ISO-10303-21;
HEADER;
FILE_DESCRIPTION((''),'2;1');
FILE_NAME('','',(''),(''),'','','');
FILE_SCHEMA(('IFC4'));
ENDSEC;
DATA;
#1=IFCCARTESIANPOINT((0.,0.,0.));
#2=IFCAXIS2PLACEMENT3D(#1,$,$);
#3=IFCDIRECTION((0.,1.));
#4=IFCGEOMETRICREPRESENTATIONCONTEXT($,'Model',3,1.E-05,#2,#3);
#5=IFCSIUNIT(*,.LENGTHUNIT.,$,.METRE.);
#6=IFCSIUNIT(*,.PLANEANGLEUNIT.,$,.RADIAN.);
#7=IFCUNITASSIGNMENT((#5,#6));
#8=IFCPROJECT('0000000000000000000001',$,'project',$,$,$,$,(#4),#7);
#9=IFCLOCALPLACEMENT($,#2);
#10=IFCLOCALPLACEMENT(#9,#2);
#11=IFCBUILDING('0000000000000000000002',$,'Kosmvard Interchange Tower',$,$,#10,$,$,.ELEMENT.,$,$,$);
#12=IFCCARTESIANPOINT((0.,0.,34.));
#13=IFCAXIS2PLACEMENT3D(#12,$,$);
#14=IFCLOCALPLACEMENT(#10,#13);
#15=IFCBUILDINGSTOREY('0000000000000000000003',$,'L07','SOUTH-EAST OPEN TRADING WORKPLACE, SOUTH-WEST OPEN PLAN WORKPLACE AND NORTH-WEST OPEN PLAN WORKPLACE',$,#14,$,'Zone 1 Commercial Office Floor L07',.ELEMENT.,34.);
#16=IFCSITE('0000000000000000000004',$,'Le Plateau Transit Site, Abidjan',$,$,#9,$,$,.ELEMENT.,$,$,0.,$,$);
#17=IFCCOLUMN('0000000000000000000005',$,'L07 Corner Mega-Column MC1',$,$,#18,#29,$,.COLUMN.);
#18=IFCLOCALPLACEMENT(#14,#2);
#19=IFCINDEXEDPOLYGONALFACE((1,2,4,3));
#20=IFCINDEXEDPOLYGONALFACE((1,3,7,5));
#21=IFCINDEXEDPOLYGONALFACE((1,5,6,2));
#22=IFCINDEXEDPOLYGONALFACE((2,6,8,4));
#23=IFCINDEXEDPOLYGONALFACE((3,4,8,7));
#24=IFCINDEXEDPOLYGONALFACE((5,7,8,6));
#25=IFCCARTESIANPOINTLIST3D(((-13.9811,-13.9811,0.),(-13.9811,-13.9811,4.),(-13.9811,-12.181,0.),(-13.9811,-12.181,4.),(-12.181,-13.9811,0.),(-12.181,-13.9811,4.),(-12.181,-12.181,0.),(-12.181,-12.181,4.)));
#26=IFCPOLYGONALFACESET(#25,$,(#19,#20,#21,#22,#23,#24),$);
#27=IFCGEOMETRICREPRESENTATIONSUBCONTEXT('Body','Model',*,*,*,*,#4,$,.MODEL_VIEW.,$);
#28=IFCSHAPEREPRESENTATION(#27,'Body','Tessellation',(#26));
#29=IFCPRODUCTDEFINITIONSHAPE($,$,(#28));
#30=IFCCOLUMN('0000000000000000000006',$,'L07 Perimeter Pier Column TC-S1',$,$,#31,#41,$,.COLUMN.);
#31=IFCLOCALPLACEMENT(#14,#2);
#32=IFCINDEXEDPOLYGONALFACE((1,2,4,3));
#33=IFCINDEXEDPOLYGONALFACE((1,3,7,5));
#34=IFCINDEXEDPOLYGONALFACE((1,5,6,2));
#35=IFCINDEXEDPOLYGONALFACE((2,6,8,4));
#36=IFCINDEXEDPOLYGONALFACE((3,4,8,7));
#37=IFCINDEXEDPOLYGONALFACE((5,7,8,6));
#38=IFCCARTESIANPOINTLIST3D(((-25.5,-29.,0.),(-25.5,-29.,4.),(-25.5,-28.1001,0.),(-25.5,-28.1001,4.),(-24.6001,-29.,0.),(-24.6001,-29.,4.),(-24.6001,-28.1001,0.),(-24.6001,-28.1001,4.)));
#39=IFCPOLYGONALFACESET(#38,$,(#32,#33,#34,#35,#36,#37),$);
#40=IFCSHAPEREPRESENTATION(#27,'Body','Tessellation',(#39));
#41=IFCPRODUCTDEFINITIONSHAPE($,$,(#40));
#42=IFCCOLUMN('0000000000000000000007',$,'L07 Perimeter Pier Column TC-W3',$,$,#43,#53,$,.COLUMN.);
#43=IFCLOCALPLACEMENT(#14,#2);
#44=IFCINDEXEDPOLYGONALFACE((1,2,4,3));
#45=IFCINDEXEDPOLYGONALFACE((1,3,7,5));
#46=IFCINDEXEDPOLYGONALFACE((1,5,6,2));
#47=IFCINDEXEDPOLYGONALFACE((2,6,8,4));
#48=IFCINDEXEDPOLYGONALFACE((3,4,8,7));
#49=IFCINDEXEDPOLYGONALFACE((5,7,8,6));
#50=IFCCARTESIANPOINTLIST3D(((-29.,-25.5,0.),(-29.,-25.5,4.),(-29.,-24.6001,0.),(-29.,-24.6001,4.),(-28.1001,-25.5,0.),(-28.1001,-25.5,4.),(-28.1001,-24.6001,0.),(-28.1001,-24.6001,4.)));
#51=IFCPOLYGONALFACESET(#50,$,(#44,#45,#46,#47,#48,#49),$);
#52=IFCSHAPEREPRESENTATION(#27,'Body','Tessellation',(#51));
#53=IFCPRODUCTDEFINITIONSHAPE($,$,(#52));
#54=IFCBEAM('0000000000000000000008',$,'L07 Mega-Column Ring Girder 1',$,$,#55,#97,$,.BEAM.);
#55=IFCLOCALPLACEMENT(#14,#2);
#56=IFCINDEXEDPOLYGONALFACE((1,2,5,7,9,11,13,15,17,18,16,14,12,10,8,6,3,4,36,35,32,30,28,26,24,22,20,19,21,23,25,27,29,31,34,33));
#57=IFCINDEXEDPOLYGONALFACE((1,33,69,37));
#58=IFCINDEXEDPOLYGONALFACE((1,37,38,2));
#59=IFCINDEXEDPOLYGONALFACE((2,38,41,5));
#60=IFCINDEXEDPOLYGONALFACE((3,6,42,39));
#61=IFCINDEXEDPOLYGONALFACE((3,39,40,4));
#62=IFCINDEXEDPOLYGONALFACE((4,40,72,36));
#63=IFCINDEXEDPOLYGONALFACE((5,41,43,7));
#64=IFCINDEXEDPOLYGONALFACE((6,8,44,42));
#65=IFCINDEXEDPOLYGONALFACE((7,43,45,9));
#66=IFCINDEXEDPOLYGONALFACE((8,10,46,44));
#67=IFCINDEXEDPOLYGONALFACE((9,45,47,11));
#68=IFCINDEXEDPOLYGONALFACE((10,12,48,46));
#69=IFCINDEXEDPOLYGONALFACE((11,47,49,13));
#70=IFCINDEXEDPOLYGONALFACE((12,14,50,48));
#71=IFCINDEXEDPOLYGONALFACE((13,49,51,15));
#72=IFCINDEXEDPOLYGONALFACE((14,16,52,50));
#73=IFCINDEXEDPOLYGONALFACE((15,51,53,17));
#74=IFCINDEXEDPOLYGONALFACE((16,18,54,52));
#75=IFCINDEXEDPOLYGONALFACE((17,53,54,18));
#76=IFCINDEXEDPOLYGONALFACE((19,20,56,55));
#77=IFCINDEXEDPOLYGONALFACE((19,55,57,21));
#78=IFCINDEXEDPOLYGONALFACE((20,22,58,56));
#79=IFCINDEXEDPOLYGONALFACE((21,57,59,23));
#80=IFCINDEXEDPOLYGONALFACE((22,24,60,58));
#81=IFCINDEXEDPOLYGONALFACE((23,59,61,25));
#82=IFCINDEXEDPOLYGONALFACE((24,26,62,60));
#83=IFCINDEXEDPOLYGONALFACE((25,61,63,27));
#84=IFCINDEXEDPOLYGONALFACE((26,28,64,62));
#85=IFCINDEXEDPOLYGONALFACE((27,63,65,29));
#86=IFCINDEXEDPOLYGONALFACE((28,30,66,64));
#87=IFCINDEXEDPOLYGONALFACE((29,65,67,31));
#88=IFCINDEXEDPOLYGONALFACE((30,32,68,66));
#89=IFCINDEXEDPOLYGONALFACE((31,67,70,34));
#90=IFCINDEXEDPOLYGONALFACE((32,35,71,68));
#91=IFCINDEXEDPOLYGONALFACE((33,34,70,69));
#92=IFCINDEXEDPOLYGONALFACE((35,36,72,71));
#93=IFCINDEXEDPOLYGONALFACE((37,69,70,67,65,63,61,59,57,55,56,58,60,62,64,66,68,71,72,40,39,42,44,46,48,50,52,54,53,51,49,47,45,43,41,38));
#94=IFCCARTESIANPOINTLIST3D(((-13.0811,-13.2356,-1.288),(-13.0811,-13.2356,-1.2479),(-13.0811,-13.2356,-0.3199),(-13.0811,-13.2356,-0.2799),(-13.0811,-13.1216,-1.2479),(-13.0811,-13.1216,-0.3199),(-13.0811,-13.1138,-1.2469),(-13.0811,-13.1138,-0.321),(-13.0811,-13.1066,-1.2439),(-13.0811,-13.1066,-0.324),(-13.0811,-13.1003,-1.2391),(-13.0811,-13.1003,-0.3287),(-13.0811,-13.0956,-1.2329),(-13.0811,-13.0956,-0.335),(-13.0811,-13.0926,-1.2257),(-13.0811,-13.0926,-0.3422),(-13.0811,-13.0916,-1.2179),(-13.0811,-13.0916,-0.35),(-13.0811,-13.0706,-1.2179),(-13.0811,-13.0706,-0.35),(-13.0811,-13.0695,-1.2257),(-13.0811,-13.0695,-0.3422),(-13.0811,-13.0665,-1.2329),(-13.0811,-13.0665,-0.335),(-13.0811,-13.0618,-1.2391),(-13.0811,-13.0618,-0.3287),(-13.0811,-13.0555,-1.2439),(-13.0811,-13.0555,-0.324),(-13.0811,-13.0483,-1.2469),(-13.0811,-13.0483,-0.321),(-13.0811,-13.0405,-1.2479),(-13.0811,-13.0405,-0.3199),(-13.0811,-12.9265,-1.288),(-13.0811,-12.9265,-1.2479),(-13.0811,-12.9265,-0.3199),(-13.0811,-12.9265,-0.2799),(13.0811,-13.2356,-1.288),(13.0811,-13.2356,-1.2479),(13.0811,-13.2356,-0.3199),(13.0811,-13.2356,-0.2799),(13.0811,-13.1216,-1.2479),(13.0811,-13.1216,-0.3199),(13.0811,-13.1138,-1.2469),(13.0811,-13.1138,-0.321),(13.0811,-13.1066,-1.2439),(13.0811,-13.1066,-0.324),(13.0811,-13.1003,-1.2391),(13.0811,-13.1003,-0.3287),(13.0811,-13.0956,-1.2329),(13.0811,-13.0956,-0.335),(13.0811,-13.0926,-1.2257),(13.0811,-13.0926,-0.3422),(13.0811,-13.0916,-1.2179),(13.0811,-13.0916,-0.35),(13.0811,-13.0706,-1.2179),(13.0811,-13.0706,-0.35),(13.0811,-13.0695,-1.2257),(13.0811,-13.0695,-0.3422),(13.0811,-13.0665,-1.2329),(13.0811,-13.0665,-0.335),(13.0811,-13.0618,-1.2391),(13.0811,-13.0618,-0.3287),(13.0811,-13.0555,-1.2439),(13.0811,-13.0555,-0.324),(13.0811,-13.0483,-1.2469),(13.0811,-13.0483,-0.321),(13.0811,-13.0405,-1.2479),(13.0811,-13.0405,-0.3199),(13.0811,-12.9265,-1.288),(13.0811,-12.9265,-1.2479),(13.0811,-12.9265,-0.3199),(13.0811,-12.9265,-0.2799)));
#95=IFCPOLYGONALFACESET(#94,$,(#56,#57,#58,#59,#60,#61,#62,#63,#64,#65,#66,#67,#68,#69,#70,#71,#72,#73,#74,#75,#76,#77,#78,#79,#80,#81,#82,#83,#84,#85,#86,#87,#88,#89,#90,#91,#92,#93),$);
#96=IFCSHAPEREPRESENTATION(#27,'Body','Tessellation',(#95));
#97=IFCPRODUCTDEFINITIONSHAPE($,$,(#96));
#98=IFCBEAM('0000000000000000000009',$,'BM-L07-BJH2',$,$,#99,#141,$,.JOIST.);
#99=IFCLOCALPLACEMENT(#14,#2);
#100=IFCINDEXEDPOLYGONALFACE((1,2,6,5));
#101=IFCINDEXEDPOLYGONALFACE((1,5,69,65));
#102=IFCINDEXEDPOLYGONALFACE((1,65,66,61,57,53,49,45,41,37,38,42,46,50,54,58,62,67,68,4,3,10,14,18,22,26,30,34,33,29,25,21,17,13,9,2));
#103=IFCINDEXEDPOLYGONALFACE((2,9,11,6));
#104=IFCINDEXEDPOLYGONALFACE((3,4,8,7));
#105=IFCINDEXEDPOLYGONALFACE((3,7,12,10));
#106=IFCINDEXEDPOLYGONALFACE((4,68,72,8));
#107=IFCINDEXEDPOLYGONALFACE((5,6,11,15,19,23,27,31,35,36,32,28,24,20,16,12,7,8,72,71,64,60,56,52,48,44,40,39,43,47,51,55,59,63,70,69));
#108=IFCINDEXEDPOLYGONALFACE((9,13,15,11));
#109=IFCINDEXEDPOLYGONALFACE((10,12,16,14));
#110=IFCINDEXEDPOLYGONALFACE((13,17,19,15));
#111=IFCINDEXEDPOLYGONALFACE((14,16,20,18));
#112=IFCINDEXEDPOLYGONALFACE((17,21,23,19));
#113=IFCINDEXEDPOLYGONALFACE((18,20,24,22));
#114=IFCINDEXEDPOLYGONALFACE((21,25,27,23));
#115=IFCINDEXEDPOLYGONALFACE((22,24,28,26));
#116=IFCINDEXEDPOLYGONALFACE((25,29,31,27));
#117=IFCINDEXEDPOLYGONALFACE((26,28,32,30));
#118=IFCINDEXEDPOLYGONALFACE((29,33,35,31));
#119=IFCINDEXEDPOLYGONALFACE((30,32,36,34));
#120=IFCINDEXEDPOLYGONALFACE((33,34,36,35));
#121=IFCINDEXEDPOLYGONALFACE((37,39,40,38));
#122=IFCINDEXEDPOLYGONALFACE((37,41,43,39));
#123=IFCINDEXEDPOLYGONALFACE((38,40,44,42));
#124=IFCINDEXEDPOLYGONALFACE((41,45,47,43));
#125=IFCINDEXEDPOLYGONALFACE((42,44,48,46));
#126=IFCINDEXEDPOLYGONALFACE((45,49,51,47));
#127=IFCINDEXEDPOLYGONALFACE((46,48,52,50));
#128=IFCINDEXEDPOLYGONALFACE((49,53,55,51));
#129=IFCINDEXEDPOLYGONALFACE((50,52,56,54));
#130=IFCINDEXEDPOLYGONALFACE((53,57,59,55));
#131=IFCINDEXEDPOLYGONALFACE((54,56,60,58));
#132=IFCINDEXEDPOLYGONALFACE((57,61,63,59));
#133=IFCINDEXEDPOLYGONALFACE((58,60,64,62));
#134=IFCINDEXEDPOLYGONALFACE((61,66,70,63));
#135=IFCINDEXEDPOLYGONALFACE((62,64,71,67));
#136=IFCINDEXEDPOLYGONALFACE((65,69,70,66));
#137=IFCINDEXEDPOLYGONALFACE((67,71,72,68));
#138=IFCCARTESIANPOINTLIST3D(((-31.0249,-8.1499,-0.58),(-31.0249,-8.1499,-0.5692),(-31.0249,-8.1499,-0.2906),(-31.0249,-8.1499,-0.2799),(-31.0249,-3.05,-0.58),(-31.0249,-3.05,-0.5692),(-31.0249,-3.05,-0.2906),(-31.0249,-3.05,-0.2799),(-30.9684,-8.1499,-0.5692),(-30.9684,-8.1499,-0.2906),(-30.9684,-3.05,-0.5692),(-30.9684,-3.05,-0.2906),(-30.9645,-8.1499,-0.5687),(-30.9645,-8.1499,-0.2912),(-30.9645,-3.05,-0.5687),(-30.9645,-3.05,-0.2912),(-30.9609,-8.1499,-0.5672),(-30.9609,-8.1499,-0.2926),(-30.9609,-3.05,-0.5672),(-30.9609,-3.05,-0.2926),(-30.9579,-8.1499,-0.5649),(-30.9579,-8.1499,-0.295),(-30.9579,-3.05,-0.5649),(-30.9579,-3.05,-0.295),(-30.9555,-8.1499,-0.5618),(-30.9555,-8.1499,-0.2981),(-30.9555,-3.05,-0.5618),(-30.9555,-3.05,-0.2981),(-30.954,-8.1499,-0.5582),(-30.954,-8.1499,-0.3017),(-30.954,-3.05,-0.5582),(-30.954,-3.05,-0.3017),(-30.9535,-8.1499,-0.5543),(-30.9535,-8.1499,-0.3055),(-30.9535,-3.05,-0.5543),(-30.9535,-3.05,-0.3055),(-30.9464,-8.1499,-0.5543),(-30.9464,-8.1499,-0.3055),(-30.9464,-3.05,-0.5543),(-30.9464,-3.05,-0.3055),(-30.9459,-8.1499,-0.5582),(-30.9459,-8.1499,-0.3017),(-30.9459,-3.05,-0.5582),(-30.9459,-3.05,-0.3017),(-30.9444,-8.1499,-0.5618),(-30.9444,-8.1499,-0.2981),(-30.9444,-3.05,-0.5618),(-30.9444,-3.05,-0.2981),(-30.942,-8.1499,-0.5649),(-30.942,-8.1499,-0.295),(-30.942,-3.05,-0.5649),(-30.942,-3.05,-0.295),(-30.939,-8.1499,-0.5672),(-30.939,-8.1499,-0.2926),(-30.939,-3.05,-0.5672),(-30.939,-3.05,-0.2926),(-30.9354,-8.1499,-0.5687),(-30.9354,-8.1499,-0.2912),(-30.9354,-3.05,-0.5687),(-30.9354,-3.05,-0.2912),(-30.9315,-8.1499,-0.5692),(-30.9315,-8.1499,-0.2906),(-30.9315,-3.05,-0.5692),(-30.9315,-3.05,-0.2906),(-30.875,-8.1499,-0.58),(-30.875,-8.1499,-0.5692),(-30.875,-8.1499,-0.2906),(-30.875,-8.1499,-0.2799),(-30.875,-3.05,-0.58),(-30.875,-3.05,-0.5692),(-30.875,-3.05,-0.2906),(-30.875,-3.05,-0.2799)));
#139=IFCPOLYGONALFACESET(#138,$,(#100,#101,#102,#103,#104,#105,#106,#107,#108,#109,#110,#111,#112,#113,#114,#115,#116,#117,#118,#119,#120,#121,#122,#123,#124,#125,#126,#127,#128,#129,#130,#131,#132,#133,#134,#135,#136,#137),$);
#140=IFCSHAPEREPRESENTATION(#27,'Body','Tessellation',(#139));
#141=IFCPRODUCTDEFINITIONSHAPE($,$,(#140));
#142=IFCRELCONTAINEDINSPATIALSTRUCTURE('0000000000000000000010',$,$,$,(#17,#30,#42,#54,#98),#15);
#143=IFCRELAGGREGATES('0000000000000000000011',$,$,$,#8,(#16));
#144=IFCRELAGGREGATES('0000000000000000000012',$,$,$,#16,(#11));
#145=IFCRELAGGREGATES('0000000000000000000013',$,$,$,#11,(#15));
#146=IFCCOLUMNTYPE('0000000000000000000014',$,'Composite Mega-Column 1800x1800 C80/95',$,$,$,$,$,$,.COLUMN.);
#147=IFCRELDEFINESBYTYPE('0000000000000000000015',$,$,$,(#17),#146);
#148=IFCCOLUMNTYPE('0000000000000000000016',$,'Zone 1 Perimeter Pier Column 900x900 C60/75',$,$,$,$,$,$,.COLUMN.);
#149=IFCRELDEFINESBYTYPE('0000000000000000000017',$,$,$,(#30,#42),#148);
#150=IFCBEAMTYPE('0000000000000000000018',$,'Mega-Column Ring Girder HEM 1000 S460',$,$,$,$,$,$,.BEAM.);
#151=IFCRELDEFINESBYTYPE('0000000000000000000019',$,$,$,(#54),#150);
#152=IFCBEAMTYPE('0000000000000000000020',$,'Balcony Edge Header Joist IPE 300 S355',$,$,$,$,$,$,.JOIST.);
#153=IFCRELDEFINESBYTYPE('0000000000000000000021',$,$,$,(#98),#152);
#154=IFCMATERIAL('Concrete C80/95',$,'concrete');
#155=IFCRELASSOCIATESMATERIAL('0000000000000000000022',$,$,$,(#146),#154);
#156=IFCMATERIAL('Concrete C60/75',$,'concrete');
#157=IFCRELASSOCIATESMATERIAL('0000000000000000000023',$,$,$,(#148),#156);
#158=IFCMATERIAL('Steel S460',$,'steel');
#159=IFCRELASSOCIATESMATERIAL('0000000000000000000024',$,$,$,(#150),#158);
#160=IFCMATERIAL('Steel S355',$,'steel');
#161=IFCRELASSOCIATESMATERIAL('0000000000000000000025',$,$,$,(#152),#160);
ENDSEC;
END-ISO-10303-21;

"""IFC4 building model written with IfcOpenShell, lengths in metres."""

from ifc_helpers import new_model, si_unit, direction, frame, origin, origin_2d, place, context, subcontext, project, spatial, rectangle, i_section, extrude, source, transform, mapped, material, material_profile, profile_set, type_object, element, save


model = new_model("IFC4")

# Units and contexts
model_context = context("Model", 3, precision=1e-05, world=origin(), true_north=direction((0.0, 1.0)))
body_context = subcontext(model_context, "Body", "Model", "MODEL_VIEW")
ifc_project = project(units=[si_unit("LENGTHUNIT", "METRE"), si_unit("PLANEANGLEUNIT", "RADIAN")], contexts=[model_context])

# Site, building, storey
site_placement = place(None, origin())
site = spatial("IfcSite", under=ifc_project, at=site_placement, Name="Le Plateau Transit Site, Abidjan", CompositionType="ELEMENT", RefElevation=0.0)
building_placement = place(site_placement, origin())
building = spatial("IfcBuilding", under=site, at=building_placement, Name="Kosmvard Interchange Tower", CompositionType="ELEMENT")
storey_placement = place(building_placement, frame((0.0, 0.0, 34.0)))
storey = spatial("IfcBuildingStorey", under=building, at=storey_placement, Name="L07", Description="SOUTH-EAST OPEN TRADING WORKPLACE, SOUTH-WEST OPEN PLAN WORKPLACE AND NORTH-WEST OPEN PLAN WORKPLACE", LongName="Zone 1 Commercial Office Floor L07", CompositionType="ELEMENT", Elevation=34.0)

# Columns
ifc_material_1 = material(Name="Concrete C80/95", Category="concrete")
ifc_material_profile_1 = material_profile(ifc_material_1, rectangle(XDim=1.8, YDim=1.8, at=origin_2d()), Name="MC 1800x1800")
ifc_profile_set_1 = profile_set([ifc_material_profile_1], Name="Concrete C80/95")
column_type_1 = type_object("IfcColumnType", Name="Composite Mega-Column 1800x1800 C80/95", PredefinedType="COLUMN", material=ifc_profile_set_1)
shared_shape_1 = source(origin(), body_context, "Body", "SweptSolid", [
    extrude(rectangle(XDim=1.8, YDim=1.8, at=origin_2d()), origin(), (0.0, 0.0, 1.0), 4.0),
])
column_placement = place(storey_placement, frame((-13.0811, -13.0811, 0.0), z_axis=(0.0, 0.0, 1.0), x_axis=(1.0, 0.0, 0.0)))
element("IfcColumn", 1, at=column_placement, inside=storey, type_object=column_type_1, Name="L07 Corner Mega-Column MC1", PredefinedType="COLUMN", context=body_context, shape_type="MappedRepresentation", body=[
    mapped(shared_shape_1, transform((0.0, 0.0, 0.0), scale=1.0)),
])
ifc_material_2 = material(Name="Concrete C60/75", Category="concrete")
ifc_material_profile_2 = material_profile(ifc_material_2, rectangle(XDim=0.8999, YDim=0.8999, at=origin_2d()), Name="TC 900x900")
ifc_profile_set_2 = profile_set([ifc_material_profile_2], Name="Concrete C60/75")
column_type_2 = type_object("IfcColumnType", Name="Zone 1 Perimeter Pier Column 900x900 C60/75", PredefinedType="COLUMN", material=ifc_profile_set_2)
shared_shape_2 = source(origin(), body_context, "Body", "SweptSolid", [
    extrude(rectangle(XDim=0.8999, YDim=0.8999, at=origin_2d()), origin(), (0.0, 0.0, 1.0), 4.0),
])
for number, where, z_axis, x_axis, name in (
    (2, (-25.05, -28.55, 0.0), (0.0, 0.0, 1.0), (1.0, 0.0, 0.0), "L07 Perimeter Pier Column TC-S1"),
    (3, (-28.55, -25.05, 0.0), (0.0, 0.0, 1.0), (1.0, 0.0, 0.0), "L07 Perimeter Pier Column TC-W3"),
):
    element("IfcColumn", number, at=place(storey_placement, frame(where, z_axis=z_axis, x_axis=x_axis)), inside=storey, type_object=column_type_2, Name=name, PredefinedType="COLUMN", context=body_context, shape_type="MappedRepresentation", body=[
        mapped(shared_shape_2, transform((0.0, 0.0, 0.0), scale=1.0)),
    ])

# Beams
ifc_material_3 = material(Name="Steel S460", Category="steel")
ifc_material_profile_3 = material_profile(ifc_material_3, i_section(OverallWidth=0.3091, OverallDepth=1.0081, WebThickness=0.021, FlangeThickness=0.04, FilletRadius=0.03, at=origin_2d()), Name="HEM 1000")
ifc_profile_set_3 = profile_set([ifc_material_profile_3], Name="Steel S460")
beam_type_1 = type_object("IfcBeamType", Name="Mega-Column Ring Girder HEM 1000 S460", PredefinedType="BEAM", material=ifc_profile_set_3)
shared_shape_3 = source(origin(), body_context, "Body", "SweptSolid", [
    extrude(i_section(OverallWidth=0.3091, OverallDepth=1.0081, WebThickness=0.021, FlangeThickness=0.04, FilletRadius=0.03, at=origin_2d()), origin(), (0.0, 0.0, 1.0), 26.1621),
])
beam_1_placement = place(storey_placement, frame((-13.0811, -13.0811, -0.7839), z_axis=(1.0, 0.0, 0.0), x_axis=(0.0, 1.0, 0.0)))
element("IfcBeam", 4, at=beam_1_placement, inside=storey, type_object=beam_type_1, Name="L07 Mega-Column Ring Girder 1", PredefinedType="BEAM", context=body_context, shape_type="MappedRepresentation", body=[
    mapped(shared_shape_3, transform((0.0, 0.0, 0.0), scale=1.0)),
])
ifc_material_4 = material(Name="Steel S355", Category="steel")
ifc_material_profile_4 = material_profile(ifc_material_4, i_section(OverallWidth=0.1499, OverallDepth=0.3, WebThickness=0.0071, FlangeThickness=0.0107, FilletRadius=0.0149, at=origin_2d()), Name="IPE 300")
ifc_profile_set_4 = profile_set([ifc_material_profile_4], Name="Steel S355")
beam_type_2 = type_object("IfcBeamType", Name="Balcony Edge Header Joist IPE 300 S355", PredefinedType="JOIST", material=ifc_profile_set_4)
shared_shape_4 = source(origin(), body_context, "Body", "SweptSolid", [
    extrude(i_section(OverallWidth=0.1499, OverallDepth=0.3, WebThickness=0.0071, FlangeThickness=0.0107, FilletRadius=0.0149, at=origin_2d()), origin(), (0.0, 0.0, 1.0), 5.0999),
])
beam_2_placement = place(storey_placement, frame((-30.95, -3.05, -0.4299), z_axis=(0.0, -1.0, 0.0), x_axis=(1.0, 0.0, 0.0)))
element("IfcBeam", 5, at=beam_2_placement, inside=storey, type_object=beam_type_2, Name="BM-L07-BJH2", PredefinedType="JOIST", context=body_context, shape_type="MappedRepresentation", body=[
    mapped(shared_shape_4, transform((0.0, 0.0, 0.0), scale=1.0)),
])

save(model, "model.ifc")
